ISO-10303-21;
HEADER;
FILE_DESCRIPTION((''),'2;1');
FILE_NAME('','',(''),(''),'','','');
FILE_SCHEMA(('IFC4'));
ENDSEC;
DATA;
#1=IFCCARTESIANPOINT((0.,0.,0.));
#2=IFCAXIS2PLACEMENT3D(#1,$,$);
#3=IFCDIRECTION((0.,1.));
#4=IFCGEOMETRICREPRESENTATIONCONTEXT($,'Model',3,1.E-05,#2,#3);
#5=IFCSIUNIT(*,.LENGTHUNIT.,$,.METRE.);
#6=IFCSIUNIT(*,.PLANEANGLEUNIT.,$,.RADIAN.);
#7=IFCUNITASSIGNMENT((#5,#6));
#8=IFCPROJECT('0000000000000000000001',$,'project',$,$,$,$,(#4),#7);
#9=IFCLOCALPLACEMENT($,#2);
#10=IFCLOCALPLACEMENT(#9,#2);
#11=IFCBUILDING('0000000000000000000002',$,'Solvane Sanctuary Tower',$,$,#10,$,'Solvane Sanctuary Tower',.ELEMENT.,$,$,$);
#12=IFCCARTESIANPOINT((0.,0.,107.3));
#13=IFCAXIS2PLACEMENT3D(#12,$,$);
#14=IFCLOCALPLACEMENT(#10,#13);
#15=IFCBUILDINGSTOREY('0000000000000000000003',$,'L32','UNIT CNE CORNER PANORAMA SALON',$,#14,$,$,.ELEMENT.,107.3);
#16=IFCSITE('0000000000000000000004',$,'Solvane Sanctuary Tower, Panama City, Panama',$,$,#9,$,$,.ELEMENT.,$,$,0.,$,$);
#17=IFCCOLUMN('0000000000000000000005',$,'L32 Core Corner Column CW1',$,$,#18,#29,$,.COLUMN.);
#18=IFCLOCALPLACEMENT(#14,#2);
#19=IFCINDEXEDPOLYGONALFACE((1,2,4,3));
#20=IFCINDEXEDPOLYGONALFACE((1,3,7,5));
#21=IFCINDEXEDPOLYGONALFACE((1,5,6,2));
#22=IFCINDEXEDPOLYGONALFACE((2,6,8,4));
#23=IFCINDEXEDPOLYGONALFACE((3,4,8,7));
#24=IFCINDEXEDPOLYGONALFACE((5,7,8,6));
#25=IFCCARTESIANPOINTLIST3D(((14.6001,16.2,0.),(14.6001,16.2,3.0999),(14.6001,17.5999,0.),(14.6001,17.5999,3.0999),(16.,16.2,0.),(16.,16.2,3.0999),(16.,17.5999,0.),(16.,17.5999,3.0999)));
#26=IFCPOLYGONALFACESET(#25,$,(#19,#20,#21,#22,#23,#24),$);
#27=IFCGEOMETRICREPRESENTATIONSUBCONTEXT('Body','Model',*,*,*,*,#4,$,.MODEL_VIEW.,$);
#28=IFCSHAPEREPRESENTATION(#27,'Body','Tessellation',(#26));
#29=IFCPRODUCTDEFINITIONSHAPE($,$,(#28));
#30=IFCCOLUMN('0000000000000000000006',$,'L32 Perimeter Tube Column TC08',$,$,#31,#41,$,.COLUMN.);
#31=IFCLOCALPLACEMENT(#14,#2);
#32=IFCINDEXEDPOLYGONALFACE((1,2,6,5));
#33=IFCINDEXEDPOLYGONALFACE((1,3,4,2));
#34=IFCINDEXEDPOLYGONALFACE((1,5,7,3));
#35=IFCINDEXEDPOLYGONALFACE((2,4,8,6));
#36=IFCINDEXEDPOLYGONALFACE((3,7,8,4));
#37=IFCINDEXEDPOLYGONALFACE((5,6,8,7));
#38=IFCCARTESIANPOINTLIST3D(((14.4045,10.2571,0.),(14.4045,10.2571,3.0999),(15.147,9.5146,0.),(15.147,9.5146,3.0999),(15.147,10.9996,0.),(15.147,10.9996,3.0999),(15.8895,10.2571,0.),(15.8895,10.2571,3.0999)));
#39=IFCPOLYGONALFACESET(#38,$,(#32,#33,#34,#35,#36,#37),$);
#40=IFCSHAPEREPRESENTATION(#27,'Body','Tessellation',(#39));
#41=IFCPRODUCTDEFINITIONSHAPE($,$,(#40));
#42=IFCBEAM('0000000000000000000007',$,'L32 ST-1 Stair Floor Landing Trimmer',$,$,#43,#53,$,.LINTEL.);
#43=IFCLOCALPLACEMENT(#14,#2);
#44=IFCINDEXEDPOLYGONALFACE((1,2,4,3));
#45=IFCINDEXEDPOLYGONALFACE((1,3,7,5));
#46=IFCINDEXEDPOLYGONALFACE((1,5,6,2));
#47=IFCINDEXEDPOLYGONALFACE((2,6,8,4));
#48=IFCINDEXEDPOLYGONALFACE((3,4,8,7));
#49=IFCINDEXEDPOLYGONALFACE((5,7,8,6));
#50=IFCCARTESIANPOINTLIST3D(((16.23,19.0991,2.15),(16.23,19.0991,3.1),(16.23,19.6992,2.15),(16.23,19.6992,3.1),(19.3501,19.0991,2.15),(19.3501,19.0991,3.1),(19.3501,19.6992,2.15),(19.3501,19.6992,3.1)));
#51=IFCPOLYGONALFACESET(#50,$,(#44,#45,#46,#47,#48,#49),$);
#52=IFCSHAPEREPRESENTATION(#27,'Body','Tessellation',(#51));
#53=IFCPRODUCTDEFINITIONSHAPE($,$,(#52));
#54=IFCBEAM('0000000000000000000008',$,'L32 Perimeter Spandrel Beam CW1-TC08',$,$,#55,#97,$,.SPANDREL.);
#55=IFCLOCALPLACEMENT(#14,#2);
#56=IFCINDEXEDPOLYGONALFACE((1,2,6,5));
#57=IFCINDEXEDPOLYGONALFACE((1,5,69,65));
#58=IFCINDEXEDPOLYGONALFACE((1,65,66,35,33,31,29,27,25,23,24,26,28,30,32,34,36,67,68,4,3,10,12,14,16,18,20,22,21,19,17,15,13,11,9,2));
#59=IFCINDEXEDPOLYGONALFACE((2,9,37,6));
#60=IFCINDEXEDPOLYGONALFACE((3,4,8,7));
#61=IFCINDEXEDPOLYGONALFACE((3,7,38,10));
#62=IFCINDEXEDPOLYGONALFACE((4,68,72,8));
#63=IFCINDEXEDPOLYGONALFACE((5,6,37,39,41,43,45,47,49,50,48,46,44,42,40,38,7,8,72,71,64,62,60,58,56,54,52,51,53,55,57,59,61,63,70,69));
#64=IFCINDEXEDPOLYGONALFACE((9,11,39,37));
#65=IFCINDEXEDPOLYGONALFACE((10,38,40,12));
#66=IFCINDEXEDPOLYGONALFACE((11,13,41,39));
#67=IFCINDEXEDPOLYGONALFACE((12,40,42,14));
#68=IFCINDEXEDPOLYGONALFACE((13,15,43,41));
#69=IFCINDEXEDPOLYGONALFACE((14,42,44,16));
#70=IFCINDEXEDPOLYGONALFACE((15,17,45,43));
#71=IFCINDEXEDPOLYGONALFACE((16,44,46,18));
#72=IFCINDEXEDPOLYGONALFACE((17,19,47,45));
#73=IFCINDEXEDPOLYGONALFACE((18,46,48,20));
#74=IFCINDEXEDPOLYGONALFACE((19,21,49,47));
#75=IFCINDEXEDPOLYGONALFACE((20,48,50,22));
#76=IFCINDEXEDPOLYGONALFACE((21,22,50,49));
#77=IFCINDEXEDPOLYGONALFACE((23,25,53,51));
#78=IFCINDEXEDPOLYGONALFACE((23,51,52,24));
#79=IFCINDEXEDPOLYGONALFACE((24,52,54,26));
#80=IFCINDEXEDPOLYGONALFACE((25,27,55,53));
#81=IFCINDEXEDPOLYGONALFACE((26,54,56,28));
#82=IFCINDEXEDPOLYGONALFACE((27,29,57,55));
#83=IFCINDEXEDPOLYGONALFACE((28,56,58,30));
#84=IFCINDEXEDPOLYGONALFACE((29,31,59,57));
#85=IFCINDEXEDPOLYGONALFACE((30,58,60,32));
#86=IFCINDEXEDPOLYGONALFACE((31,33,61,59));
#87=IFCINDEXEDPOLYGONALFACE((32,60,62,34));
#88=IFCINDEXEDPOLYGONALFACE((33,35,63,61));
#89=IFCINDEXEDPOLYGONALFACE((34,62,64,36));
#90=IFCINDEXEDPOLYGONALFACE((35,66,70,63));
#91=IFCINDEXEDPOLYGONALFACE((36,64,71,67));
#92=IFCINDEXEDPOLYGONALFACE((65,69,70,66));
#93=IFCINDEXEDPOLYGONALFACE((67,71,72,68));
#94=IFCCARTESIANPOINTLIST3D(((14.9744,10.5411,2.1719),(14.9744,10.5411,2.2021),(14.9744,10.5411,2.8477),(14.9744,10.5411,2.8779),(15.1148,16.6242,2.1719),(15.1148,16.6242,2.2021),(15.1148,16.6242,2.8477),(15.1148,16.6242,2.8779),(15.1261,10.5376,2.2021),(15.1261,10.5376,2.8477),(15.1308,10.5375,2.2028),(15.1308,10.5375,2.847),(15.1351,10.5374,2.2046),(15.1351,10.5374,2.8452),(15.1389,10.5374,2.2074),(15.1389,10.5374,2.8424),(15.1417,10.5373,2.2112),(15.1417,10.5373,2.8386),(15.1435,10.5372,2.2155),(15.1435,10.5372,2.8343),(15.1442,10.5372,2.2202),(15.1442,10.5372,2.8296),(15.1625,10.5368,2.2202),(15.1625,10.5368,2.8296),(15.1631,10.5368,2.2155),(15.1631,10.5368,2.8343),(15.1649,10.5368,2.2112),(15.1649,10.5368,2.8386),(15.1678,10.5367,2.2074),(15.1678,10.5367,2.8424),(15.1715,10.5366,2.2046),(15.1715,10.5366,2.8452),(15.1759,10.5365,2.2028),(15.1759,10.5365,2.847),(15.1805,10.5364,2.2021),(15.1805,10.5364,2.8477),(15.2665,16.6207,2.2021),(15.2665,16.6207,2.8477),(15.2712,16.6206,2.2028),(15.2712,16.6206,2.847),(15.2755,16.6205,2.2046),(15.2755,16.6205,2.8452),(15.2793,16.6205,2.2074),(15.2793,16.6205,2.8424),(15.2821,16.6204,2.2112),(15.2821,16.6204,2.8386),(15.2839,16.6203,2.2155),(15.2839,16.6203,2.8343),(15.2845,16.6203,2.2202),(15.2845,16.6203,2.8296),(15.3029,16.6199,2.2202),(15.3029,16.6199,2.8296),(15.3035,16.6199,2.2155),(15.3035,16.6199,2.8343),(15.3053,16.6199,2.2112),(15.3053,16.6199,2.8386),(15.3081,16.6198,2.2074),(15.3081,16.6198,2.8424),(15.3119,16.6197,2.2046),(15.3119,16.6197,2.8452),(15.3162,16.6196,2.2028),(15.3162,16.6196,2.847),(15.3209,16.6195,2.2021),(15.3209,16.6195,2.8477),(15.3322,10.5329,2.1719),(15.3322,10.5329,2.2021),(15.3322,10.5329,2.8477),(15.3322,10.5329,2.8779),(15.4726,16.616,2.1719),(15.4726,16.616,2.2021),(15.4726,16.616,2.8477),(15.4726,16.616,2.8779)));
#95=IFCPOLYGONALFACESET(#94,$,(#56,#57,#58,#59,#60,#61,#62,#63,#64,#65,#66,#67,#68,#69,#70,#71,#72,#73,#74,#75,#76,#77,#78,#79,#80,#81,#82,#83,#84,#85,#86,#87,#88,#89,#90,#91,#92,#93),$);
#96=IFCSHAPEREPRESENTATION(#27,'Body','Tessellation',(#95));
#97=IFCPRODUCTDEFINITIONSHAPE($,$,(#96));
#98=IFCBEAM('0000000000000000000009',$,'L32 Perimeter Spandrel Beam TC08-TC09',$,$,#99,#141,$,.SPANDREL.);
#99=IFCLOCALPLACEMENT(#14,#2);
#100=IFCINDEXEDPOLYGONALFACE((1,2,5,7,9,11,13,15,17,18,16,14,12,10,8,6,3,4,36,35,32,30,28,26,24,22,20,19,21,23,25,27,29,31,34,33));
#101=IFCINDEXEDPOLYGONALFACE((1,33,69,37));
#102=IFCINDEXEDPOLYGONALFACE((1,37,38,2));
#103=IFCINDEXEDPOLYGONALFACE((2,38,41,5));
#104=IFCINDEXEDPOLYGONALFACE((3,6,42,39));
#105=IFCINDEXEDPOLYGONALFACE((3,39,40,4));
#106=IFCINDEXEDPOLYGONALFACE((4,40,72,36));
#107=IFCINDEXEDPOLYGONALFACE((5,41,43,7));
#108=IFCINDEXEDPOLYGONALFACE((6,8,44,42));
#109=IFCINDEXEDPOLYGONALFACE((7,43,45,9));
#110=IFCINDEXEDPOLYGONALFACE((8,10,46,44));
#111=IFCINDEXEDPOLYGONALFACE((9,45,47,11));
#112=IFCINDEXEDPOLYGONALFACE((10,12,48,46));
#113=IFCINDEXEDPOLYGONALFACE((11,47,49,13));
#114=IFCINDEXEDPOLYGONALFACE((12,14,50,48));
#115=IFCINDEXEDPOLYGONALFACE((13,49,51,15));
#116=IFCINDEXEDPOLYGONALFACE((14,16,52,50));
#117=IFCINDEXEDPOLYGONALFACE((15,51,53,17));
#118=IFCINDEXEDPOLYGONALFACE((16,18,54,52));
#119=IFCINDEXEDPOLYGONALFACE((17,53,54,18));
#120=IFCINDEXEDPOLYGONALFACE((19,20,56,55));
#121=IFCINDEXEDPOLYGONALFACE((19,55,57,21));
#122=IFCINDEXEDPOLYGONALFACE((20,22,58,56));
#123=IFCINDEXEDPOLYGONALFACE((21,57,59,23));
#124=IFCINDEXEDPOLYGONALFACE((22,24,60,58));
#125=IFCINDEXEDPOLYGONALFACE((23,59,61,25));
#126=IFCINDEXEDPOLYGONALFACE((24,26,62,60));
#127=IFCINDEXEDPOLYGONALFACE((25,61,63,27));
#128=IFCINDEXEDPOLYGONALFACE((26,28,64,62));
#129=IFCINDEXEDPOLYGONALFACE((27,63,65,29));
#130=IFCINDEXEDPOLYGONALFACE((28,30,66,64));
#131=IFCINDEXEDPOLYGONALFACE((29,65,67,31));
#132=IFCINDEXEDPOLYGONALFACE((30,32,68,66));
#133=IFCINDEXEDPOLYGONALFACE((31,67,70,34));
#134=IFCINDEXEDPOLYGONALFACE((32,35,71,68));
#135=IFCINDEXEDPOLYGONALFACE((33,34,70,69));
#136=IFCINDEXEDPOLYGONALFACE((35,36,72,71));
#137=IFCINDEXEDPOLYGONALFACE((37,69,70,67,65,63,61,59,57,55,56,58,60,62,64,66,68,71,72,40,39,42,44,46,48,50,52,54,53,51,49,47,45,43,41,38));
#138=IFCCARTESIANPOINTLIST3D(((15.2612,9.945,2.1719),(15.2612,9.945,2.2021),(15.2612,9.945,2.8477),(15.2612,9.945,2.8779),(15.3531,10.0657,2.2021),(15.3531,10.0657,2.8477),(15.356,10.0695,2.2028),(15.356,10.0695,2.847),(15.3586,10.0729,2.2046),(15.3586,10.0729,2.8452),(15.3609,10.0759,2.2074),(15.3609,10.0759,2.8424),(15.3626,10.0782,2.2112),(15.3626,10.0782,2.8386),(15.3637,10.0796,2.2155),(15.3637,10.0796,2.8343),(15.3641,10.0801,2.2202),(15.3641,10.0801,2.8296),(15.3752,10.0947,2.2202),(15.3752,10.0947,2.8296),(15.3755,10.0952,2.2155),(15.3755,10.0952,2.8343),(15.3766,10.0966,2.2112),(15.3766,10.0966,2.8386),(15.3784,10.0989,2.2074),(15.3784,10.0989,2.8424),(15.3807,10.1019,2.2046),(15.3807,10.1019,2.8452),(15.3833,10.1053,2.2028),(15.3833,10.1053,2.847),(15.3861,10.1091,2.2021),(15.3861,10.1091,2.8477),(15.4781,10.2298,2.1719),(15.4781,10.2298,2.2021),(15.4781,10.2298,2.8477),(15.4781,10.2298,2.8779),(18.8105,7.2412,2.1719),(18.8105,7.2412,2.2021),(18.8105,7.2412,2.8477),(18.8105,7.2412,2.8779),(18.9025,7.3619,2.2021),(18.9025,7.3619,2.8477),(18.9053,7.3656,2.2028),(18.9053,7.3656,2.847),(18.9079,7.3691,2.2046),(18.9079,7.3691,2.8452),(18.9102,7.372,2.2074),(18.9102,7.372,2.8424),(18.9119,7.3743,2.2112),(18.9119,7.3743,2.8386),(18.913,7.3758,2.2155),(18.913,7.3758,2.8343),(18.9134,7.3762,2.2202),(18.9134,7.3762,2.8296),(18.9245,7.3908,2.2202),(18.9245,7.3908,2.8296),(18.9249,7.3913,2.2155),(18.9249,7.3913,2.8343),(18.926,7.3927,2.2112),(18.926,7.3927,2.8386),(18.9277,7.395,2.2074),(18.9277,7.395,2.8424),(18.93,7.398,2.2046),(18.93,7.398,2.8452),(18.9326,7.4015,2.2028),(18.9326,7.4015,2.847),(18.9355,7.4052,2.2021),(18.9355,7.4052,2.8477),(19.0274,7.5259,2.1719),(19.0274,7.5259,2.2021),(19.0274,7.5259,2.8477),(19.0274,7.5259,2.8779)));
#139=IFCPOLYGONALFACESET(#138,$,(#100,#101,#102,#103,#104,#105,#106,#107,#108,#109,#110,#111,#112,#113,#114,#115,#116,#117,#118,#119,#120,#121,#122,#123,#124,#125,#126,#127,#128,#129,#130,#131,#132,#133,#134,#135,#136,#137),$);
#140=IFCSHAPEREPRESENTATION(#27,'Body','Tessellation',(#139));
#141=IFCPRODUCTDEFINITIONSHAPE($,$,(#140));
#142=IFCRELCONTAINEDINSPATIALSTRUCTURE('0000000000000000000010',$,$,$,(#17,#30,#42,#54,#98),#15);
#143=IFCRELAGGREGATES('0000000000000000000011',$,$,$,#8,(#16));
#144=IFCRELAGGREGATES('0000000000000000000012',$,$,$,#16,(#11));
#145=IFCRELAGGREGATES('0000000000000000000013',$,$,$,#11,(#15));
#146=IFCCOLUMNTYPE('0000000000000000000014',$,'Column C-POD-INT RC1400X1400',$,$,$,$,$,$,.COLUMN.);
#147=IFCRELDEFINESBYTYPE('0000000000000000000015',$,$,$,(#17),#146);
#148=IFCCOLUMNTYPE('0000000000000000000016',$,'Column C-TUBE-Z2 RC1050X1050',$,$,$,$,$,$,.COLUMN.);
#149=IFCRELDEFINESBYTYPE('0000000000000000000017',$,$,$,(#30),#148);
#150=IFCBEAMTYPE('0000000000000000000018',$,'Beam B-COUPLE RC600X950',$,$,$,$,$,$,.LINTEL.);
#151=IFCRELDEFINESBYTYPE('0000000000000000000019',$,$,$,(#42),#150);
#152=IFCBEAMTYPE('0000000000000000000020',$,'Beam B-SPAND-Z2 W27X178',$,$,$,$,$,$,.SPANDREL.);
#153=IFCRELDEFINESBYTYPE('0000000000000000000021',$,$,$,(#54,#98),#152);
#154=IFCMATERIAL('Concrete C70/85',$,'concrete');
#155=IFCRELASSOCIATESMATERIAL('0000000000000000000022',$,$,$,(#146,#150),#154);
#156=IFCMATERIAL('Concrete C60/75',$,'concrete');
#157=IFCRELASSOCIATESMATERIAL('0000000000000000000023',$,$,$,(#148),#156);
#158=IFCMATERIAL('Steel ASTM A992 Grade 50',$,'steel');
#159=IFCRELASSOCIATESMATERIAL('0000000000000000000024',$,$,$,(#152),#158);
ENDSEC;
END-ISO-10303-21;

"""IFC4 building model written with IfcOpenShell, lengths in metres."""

from ifc_helpers import new_model, si_unit, direction, frame, origin, origin_2d, place, context, subcontext, project, spatial, rectangle, i_section, extrude, material, material_profile, profile_set, type_object, element, save


model = new_model("IFC4")

# Units and contexts
model_context = context("Model", 3, precision=1e-05, world=origin(), true_north=direction((0.0, 1.0)))
body_context = subcontext(model_context, "Body", "Model", "MODEL_VIEW")
ifc_project = project(units=[si_unit("LENGTHUNIT", "METRE"), si_unit("PLANEANGLEUNIT", "RADIAN")], contexts=[model_context])

# Site, building, storey
site_placement = place(None, origin())
site = spatial("IfcSite", under=ifc_project, at=site_placement, Name="Solvane Sanctuary Tower, Panama City, Panama", CompositionType="ELEMENT", RefElevation=0.0)
building_placement = place(site_placement, origin())
building = spatial("IfcBuilding", under=site, at=building_placement, Name="Solvane Sanctuary Tower", LongName="Solvane Sanctuary Tower", CompositionType="ELEMENT")
storey_placement = place(building_placement, frame((0.0, 0.0, 107.3)))
storey = spatial("IfcBuildingStorey", under=building, at=storey_placement, Name="L32", Description="UNIT CNE CORNER PANORAMA SALON", CompositionType="ELEMENT", Elevation=107.3)

# Columns
ifc_material_1 = material(Name="Concrete C70/85", Category="concrete")
ifc_material_profile_1 = material_profile(ifc_material_1, rectangle(XDim=1.3999, YDim=1.3999, at=origin_2d()), Name="RC1400X1400")
ifc_profile_set_1 = profile_set([ifc_material_profile_1], Name="Concrete C70/85")
column_type_1 = type_object("IfcColumnType", Name="Column C-POD-INT RC1400X1400", PredefinedType="COLUMN", material=ifc_profile_set_1)
column_1_placement = place(storey_placement, frame((15.3, 16.8999, 0.0), z_axis=(0.0, 0.0, 1.0), x_axis=(1.0, 0.0, 0.0)))
element("IfcColumn", 1, at=column_1_placement, inside=storey, type_object=column_type_1, Name="L32 Core Corner Column CW1", PredefinedType="COLUMN", context=body_context, shape_type="SweptSolid", body=[
    extrude(rectangle(XDim=1.3999, YDim=1.3999, at=origin_2d()), origin(), (0.0, 0.0, 1.0), 3.0999),
])
ifc_material_2 = material(Name="Concrete C60/75", Category="concrete")
ifc_material_profile_2 = material_profile(ifc_material_2, rectangle(XDim=1.05, YDim=1.05, at=origin_2d()), Name="RC1050X1050")
ifc_profile_set_2 = profile_set([ifc_material_profile_2], Name="Concrete C60/75")
column_type_2 = type_object("IfcColumnType", Name="Column C-TUBE-Z2 RC1050X1050", PredefinedType="COLUMN", material=ifc_profile_set_2)
column_2_placement = place(storey_placement, frame((15.147, 10.2571, 0.0), z_axis=(0.0, 0.0, 1.0), x_axis=(-0.707107, -0.707107, 0.0)))
element("IfcColumn", 2, at=column_2_placement, inside=storey, type_object=column_type_2, Name="L32 Perimeter Tube Column TC08", PredefinedType="COLUMN", context=body_context, shape_type="SweptSolid", body=[
    extrude(rectangle(XDim=1.05, YDim=1.05, at=origin_2d()), origin(), (0.0, 0.0, 1.0), 3.0999),
])

# Beams
ifc_material_profile_3 = material_profile(ifc_material_1, rectangle(XDim=0.6001, YDim=0.95, at=origin_2d()), Name="RC600X950")
ifc_profile_set_3 = profile_set([ifc_material_profile_3], Name="Concrete C70/85")
beam_type_1 = type_object("IfcBeamType", Name="Beam B-COUPLE RC600X950", PredefinedType="LINTEL", material=ifc_profile_set_3)
beam_1_placement = place(storey_placement, frame((16.23, 19.3992, 2.625), z_axis=(1.0, 0.0, 0.0), x_axis=(0.0, 1.0, 0.0)))
element("IfcBeam", 3, at=beam_1_placement, inside=storey, type_object=beam_type_1, Name="L32 ST-1 Stair Floor Landing Trimmer", PredefinedType="LINTEL", context=body_context, shape_type="SweptSolid", body=[
    extrude(rectangle(XDim=0.6001, YDim=0.95, at=origin_2d()), origin(), (0.0, 0.0, 1.0), 3.1201),
])
ifc_material_3 = material(Name="Steel ASTM A992 Grade 50", Category="steel")
ifc_material_profile_4 = material_profile(ifc_material_3, i_section(OverallWidth=0.3579, OverallDepth=0.7061, WebThickness=0.0183, FlangeThickness=0.0303, FilletRadius=0.0181, at=origin_2d()), Name="W27X178")
ifc_profile_set_4 = profile_set([ifc_material_profile_4], Name="Steel ASTM A992 Grade 50")
beam_type_2 = type_object("IfcBeamType", Name="Beam B-SPAND-Z2 W27X178", PredefinedType="SPANDREL", material=ifc_profile_set_4)
beam_2_placement = place(storey_placement, frame((15.2937, 16.6201, 2.5249), z_axis=(-0.023071, -0.999734, 0.0), x_axis=(0.999734, -0.023071, 0.0)))
element("IfcBeam", 4, at=beam_2_placement, inside=storey, type_object=beam_type_2, Name="L32 Perimeter Spandrel Beam CW1-TC08", PredefinedType="SPANDREL", context=body_context, shape_type="SweptSolid", body=[
    extrude(i_section(OverallWidth=0.3579, OverallDepth=0.7061, WebThickness=0.0183, FlangeThickness=0.0303, FilletRadius=0.0181, at=origin_2d()), origin(), (0.0, 0.0, 1.0), 6.0847),
])
beam_3_placement = place(storey_placement, frame((15.3696, 10.0874, 2.5249), z_axis=(0.795473, -0.605989, 0.0), x_axis=(0.605989, 0.795473, 0.0)))
element("IfcBeam", 5, at=beam_3_placement, inside=storey, type_object=beam_type_2, Name="L32 Perimeter Spandrel Beam TC08-TC09", PredefinedType="SPANDREL", context=body_context, shape_type="SweptSolid", body=[
    extrude(i_section(OverallWidth=0.3579, OverallDepth=0.7061, WebThickness=0.0183, FlangeThickness=0.0303, FilletRadius=0.0181, at=origin_2d()), origin(), (0.0, 0.0, 1.0), 4.4619),
])

save(model, "model.ifc")
